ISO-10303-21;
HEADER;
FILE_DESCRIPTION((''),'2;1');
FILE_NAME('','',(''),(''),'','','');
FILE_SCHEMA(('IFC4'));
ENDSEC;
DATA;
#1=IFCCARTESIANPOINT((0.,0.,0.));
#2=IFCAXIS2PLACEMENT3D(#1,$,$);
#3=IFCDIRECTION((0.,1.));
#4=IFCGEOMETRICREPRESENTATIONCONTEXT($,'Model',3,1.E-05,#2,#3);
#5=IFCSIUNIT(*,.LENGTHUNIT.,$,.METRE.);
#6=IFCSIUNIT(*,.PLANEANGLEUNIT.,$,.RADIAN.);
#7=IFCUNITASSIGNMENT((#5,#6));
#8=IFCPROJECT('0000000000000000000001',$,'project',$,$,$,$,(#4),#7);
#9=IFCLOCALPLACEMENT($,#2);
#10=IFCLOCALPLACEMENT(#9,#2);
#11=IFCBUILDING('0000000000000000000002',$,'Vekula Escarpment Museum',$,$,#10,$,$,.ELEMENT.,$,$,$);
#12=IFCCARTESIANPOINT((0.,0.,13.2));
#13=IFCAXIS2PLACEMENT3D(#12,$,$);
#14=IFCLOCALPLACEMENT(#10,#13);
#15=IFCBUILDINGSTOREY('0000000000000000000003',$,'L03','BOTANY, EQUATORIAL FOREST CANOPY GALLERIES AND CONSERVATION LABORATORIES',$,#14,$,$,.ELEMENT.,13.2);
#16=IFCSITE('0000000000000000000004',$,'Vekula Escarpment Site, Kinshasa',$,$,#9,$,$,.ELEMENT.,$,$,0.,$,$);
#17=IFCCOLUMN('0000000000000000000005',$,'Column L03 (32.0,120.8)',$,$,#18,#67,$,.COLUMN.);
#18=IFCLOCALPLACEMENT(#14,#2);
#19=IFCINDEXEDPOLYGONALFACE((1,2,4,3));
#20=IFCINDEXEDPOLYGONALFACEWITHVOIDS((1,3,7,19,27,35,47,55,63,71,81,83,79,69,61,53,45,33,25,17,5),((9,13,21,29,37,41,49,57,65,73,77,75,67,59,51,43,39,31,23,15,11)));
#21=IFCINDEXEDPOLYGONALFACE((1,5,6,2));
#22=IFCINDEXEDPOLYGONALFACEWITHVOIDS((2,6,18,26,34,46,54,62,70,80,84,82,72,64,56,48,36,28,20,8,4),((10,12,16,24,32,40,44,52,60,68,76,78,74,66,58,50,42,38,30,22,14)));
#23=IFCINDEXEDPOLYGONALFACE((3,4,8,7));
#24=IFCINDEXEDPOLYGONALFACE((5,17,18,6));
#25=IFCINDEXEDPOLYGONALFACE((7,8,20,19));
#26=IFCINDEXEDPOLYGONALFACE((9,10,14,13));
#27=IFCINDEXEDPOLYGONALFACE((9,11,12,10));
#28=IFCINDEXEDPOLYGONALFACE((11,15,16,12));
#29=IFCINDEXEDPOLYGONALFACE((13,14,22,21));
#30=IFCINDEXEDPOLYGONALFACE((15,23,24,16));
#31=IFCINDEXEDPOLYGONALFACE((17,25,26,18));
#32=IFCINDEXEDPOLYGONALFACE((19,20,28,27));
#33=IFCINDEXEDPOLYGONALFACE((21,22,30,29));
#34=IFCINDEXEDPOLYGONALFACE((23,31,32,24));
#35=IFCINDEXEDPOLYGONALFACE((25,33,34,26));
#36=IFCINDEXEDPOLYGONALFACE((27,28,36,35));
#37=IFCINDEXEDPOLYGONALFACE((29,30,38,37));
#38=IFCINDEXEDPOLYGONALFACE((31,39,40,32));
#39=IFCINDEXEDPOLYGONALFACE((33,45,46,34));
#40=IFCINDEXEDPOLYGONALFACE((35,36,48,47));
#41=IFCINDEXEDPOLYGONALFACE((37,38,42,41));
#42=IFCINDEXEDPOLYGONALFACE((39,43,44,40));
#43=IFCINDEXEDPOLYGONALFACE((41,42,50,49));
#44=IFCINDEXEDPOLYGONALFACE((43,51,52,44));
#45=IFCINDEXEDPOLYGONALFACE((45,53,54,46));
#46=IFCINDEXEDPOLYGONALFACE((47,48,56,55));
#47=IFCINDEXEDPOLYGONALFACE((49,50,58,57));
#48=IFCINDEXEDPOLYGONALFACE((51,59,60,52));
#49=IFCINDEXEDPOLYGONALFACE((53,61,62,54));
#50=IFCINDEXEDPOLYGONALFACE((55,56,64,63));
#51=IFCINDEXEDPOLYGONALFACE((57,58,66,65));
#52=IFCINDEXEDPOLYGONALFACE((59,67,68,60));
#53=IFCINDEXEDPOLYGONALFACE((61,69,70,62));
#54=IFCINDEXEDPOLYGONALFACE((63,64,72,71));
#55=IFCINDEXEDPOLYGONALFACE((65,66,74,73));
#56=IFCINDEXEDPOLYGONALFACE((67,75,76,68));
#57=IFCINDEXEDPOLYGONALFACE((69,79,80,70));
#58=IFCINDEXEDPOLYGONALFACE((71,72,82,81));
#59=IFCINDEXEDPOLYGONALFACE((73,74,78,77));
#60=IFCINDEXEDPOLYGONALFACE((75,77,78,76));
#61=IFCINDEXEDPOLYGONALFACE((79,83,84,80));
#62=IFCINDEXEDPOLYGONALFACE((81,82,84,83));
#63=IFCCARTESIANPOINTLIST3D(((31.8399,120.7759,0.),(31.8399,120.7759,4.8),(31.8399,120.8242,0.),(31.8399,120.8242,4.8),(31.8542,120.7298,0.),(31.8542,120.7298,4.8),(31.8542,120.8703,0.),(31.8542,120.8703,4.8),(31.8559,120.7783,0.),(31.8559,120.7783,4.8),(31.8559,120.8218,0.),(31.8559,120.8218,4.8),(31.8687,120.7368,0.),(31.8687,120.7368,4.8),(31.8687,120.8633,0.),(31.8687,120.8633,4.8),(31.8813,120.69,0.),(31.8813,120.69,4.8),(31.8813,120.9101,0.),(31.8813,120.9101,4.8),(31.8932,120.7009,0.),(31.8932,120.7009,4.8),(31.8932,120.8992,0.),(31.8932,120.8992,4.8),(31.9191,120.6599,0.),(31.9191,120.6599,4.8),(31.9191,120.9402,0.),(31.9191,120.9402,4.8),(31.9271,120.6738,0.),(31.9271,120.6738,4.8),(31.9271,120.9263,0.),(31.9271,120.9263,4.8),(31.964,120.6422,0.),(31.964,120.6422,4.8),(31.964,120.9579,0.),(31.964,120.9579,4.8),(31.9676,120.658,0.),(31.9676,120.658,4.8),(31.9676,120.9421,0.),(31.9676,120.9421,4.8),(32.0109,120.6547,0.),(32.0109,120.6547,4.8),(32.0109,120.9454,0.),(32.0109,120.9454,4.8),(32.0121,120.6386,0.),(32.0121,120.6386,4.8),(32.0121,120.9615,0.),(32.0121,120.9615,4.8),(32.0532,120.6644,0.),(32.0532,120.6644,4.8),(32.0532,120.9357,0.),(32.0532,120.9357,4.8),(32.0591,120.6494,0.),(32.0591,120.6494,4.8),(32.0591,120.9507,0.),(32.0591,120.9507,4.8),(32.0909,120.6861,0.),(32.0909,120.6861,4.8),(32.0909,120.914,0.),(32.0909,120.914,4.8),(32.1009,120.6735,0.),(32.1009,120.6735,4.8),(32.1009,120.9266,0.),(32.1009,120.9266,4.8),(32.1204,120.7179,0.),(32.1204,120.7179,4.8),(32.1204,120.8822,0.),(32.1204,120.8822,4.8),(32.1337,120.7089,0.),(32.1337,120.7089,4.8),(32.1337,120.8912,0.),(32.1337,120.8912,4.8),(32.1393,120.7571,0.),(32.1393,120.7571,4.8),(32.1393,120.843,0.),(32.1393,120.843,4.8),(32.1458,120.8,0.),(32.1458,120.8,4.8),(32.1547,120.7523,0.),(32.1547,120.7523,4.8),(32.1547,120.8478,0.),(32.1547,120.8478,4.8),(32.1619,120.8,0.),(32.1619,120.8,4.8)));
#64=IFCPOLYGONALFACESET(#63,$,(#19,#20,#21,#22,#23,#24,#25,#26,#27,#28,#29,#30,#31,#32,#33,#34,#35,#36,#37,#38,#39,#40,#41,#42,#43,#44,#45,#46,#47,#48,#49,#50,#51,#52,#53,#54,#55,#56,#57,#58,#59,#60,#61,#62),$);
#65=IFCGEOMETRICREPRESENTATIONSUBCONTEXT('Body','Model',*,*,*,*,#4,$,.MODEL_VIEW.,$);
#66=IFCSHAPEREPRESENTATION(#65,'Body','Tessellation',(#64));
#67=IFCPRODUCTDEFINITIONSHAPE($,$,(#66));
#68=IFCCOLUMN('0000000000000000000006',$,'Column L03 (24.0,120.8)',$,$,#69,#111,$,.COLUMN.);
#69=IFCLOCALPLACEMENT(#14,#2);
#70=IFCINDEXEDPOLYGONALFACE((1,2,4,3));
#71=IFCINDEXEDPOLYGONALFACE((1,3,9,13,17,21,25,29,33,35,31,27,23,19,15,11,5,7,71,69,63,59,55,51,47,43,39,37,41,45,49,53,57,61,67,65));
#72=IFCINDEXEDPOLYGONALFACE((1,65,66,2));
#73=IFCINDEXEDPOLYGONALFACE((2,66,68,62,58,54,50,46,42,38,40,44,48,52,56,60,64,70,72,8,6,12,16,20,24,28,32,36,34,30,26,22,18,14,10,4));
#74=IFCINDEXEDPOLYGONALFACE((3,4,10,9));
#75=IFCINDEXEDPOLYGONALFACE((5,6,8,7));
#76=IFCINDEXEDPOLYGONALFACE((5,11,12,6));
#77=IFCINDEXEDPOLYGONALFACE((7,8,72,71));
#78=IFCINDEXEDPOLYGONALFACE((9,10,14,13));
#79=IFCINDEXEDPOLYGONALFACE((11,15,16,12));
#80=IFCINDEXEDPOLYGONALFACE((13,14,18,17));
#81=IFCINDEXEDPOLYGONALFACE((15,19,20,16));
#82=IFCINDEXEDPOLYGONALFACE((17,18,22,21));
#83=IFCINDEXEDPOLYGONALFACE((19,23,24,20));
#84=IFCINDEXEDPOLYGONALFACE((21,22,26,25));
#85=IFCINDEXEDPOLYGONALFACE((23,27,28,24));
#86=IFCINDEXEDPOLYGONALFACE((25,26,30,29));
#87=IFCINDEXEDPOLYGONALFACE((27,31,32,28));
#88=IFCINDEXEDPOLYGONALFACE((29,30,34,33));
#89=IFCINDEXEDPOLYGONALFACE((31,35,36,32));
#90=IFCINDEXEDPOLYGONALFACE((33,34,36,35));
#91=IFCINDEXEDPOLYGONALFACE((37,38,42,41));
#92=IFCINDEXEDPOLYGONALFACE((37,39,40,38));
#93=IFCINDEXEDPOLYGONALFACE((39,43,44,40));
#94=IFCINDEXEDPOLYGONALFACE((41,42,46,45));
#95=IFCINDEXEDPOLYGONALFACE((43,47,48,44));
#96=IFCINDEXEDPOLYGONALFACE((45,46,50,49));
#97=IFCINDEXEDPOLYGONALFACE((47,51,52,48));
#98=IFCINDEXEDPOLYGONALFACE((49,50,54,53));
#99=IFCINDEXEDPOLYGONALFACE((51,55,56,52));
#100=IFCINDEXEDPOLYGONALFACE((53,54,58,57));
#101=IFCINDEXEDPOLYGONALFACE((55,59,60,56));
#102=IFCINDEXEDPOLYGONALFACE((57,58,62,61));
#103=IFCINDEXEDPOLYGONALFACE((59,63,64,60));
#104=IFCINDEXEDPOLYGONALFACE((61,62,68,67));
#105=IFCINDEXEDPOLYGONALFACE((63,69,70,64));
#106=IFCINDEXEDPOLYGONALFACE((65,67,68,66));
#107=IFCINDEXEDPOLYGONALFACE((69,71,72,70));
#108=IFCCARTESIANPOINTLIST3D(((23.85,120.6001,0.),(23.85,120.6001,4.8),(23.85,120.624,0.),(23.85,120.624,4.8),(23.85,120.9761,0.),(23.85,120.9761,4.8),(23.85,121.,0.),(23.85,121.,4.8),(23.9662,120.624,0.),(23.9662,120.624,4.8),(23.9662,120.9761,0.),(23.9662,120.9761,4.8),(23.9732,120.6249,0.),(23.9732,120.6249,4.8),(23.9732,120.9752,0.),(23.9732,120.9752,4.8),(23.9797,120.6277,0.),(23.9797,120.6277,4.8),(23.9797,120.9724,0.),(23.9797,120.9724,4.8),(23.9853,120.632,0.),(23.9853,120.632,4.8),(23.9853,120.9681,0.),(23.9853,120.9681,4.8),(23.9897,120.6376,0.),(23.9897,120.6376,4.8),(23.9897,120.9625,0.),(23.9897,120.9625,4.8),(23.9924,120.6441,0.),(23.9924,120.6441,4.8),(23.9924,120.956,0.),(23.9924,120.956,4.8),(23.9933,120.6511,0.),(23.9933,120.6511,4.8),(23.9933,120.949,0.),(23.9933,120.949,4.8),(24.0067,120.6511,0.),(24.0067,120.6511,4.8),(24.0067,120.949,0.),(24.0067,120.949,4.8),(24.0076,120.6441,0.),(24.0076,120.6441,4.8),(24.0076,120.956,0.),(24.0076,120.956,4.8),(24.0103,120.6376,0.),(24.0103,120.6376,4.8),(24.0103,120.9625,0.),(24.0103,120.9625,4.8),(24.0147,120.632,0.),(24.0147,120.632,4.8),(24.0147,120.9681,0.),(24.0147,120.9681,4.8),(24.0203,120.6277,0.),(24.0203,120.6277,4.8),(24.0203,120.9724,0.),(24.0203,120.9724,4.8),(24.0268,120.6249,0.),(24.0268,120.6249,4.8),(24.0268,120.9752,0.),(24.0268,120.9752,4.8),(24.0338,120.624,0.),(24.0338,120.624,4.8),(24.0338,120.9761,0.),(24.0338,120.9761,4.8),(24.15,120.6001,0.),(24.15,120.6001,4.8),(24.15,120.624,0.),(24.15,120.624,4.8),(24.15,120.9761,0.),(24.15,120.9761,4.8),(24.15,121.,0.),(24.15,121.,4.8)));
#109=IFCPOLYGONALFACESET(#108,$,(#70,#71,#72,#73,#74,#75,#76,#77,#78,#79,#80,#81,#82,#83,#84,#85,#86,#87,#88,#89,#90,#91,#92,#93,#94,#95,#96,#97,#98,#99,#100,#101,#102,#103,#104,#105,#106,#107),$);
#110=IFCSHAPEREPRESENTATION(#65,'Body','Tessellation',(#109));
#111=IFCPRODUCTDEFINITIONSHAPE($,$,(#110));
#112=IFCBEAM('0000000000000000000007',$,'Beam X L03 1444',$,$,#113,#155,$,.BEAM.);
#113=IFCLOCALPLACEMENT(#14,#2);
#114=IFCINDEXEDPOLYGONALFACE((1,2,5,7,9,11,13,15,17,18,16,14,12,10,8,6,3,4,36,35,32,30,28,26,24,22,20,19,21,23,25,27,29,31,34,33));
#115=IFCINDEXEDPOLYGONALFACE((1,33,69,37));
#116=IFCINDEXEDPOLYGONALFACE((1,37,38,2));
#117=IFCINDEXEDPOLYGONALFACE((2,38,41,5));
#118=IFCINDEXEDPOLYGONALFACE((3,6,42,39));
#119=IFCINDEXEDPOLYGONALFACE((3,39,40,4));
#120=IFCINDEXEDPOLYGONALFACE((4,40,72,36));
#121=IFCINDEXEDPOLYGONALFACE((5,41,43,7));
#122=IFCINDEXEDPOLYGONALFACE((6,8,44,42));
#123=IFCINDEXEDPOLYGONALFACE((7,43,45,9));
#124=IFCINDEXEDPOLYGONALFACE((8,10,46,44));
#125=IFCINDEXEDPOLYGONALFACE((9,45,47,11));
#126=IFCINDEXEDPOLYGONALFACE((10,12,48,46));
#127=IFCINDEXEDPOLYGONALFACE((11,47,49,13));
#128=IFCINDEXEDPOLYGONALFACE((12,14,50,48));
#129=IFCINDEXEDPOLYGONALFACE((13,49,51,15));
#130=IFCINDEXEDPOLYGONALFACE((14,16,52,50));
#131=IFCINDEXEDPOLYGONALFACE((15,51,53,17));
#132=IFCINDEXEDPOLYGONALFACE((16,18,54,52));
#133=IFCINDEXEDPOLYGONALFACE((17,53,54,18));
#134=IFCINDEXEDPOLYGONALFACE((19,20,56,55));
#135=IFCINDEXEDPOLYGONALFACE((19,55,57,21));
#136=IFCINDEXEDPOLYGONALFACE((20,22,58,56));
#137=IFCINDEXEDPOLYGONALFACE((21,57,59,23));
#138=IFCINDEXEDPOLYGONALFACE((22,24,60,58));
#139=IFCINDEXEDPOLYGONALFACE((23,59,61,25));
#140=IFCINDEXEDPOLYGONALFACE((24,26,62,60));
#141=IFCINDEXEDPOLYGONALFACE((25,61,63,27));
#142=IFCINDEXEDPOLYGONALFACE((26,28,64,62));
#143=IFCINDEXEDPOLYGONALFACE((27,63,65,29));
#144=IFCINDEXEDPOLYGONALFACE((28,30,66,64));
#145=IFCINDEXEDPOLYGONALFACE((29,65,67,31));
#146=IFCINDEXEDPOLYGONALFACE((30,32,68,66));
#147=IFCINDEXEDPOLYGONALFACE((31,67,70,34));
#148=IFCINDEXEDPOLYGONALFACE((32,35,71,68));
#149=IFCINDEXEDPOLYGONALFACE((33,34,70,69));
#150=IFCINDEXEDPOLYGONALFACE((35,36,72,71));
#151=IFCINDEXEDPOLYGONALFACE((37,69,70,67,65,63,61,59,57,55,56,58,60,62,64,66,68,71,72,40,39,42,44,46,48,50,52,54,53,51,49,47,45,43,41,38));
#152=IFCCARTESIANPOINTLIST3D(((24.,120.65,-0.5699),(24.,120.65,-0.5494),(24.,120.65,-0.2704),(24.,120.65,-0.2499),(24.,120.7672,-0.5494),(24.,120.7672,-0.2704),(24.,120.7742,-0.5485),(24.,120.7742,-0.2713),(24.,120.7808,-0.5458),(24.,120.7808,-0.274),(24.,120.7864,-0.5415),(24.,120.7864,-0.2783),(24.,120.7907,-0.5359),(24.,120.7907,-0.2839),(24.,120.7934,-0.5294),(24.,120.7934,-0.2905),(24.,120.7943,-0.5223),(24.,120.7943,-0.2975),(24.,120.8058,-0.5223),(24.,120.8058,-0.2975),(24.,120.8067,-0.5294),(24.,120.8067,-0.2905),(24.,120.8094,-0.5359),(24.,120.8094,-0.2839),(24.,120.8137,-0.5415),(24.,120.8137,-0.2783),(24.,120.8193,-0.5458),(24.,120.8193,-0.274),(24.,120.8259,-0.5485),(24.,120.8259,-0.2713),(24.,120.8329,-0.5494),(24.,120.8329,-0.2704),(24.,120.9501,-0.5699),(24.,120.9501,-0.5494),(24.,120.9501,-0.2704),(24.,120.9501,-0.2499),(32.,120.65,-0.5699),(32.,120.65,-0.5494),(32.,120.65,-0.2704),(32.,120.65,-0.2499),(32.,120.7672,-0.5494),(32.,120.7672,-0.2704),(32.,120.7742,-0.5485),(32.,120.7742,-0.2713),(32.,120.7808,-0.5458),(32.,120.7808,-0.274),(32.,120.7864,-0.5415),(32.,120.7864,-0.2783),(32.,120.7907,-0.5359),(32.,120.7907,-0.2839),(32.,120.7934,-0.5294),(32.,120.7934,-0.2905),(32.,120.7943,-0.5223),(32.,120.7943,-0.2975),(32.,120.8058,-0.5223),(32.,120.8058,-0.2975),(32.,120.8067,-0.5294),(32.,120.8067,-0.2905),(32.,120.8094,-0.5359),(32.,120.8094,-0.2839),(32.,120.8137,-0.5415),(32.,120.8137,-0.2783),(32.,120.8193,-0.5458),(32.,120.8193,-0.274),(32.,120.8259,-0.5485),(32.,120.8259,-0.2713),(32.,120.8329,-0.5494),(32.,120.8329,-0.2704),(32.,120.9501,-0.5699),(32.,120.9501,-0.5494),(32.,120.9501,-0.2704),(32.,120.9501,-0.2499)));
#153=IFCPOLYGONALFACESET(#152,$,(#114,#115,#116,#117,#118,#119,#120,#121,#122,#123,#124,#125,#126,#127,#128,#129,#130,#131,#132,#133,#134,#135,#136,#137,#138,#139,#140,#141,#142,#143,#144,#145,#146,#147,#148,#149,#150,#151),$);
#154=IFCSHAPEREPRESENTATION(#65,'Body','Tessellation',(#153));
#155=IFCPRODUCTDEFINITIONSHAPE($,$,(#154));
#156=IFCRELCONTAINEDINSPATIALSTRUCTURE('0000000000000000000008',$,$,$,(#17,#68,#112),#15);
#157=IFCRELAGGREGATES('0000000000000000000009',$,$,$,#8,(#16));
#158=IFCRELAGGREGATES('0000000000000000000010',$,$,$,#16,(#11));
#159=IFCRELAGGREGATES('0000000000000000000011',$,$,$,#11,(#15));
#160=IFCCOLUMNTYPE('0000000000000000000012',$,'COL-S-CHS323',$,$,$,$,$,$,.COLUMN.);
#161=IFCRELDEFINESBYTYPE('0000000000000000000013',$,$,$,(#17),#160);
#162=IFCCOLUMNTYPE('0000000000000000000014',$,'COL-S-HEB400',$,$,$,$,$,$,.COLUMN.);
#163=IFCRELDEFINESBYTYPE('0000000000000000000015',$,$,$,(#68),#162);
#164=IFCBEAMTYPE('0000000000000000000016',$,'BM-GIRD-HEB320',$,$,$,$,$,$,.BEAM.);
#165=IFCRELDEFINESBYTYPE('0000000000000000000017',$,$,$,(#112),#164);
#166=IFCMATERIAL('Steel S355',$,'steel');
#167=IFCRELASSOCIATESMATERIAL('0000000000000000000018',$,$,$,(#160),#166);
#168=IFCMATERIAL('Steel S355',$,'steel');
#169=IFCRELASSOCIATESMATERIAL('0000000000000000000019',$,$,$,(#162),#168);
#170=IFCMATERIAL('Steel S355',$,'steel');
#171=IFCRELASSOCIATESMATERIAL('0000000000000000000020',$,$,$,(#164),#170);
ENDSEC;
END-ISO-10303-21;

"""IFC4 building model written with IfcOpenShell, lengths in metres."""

from ifc_helpers import new_model, si_unit, direction, frame, origin, origin_2d, place, context, subcontext, project, spatial, hollow_circle, i_section, extrude, material, material_profile, profile_set, type_object, element, save


model = new_model("IFC4")

# Units and contexts
model_context = context("Model", 3, precision=1e-05, world=origin(), true_north=direction((0.0, 1.0)))
body_context = subcontext(model_context, "Body", "Model", "MODEL_VIEW")
ifc_project = project(units=[si_unit("LENGTHUNIT", "METRE"), si_unit("PLANEANGLEUNIT", "RADIAN")], contexts=[model_context])

# Site, building, storey
site_placement = place(None, origin())
site = spatial("IfcSite", under=ifc_project, at=site_placement, Name="Vekula Escarpment Site, Kinshasa", CompositionType="ELEMENT", RefElevation=0.0)
building_placement = place(site_placement, origin())
building = spatial("IfcBuilding", under=site, at=building_placement, Name="Vekula Escarpment Museum", CompositionType="ELEMENT")
storey_placement = place(building_placement, frame((0.0, 0.0, 13.2)))
storey = spatial("IfcBuildingStorey", under=building, at=storey_placement, Name="L03", Description="BOTANY, EQUATORIAL FOREST CANOPY GALLERIES AND CONSERVATION LABORATORIES", CompositionType="ELEMENT", Elevation=13.2)

# Columns
ifc_material_1 = material(Name="Steel S355", Category="steel")
ifc_material_profile_1 = material_profile(ifc_material_1, hollow_circle(Radius=0.1619, WallThickness=0.0161, at=origin_2d()), Name="CHS 323.9x16")
ifc_profile_set_1 = profile_set([ifc_material_profile_1], Name="Steel S355")
column_type_1 = type_object("IfcColumnType", Name="COL-S-CHS323", PredefinedType="COLUMN", material=ifc_profile_set_1)
column_1_placement = place(storey_placement, frame((32.0, 120.8, 0.0), z_axis=(0.0, 0.0, 1.0), x_axis=(1.0, 0.0, 0.0)))
element("IfcColumn", 1, at=column_1_placement, inside=storey, type_object=column_type_1, Name="Column L03 (32.0,120.8)", PredefinedType="COLUMN", context=body_context, shape_type="SweptSolid", body=[
    extrude(hollow_circle(Radius=0.1619, WallThickness=0.0161, at=origin_2d()), origin(), (0.0, 0.0, 1.0), 4.8),
])
ifc_material_2 = material(Name="Steel S355", Category="steel")
ifc_material_profile_2 = material_profile(ifc_material_2, i_section(OverallWidth=0.3, OverallDepth=0.3999, WebThickness=0.0134, FlangeThickness=0.0239, FilletRadius=0.0271, at=origin_2d()), Name="HEB 400")
ifc_profile_set_2 = profile_set([ifc_material_profile_2], Name="Steel S355")
column_type_2 = type_object("IfcColumnType", Name="COL-S-HEB400", PredefinedType="COLUMN", material=ifc_profile_set_2)
column_2_placement = place(storey_placement, frame((24.0, 120.8, 0.0), z_axis=(0.0, 0.0, 1.0), x_axis=(1.0, 0.0, 0.0)))
element("IfcColumn", 2, at=column_2_placement, inside=storey, type_object=column_type_2, Name="Column L03 (24.0,120.8)", PredefinedType="COLUMN", context=body_context, shape_type="SweptSolid", body=[
    extrude(i_section(OverallWidth=0.3, OverallDepth=0.3999, WebThickness=0.0134, FlangeThickness=0.0239, FilletRadius=0.0271, at=origin_2d()), origin(), (0.0, 0.0, 1.0), 4.8),
])

# Beam
ifc_material_3 = material(Name="Steel S355", Category="steel")
ifc_material_profile_3 = material_profile(ifc_material_3, i_section(OverallWidth=0.3, OverallDepth=0.3201, WebThickness=0.0115, FlangeThickness=0.0205, FilletRadius=0.0271, at=origin_2d()), Name="HEB 320")
ifc_profile_set_3 = profile_set([ifc_material_profile_3], Name="Steel S355")
beam_type_1 = type_object("IfcBeamType", Name="BM-GIRD-HEB320", PredefinedType="BEAM", material=ifc_profile_set_3)
beam_1_placement = place(storey_placement, frame((24.0, 120.8, -0.4099), z_axis=(1.0, 0.0, 0.0), x_axis=(0.0, 1.0, 0.0)))
element("IfcBeam", 3, at=beam_1_placement, inside=storey, type_object=beam_type_1, Name="Beam X L03 1444", PredefinedType="BEAM", context=body_context, shape_type="SweptSolid", body=[
    extrude(i_section(OverallWidth=0.3, OverallDepth=0.3201, WebThickness=0.0115, FlangeThickness=0.0205, FilletRadius=0.0271, at=origin_2d()), origin(), (0.0, 0.0, 1.0), 8.0),
])

save(model, "model.ifc")
